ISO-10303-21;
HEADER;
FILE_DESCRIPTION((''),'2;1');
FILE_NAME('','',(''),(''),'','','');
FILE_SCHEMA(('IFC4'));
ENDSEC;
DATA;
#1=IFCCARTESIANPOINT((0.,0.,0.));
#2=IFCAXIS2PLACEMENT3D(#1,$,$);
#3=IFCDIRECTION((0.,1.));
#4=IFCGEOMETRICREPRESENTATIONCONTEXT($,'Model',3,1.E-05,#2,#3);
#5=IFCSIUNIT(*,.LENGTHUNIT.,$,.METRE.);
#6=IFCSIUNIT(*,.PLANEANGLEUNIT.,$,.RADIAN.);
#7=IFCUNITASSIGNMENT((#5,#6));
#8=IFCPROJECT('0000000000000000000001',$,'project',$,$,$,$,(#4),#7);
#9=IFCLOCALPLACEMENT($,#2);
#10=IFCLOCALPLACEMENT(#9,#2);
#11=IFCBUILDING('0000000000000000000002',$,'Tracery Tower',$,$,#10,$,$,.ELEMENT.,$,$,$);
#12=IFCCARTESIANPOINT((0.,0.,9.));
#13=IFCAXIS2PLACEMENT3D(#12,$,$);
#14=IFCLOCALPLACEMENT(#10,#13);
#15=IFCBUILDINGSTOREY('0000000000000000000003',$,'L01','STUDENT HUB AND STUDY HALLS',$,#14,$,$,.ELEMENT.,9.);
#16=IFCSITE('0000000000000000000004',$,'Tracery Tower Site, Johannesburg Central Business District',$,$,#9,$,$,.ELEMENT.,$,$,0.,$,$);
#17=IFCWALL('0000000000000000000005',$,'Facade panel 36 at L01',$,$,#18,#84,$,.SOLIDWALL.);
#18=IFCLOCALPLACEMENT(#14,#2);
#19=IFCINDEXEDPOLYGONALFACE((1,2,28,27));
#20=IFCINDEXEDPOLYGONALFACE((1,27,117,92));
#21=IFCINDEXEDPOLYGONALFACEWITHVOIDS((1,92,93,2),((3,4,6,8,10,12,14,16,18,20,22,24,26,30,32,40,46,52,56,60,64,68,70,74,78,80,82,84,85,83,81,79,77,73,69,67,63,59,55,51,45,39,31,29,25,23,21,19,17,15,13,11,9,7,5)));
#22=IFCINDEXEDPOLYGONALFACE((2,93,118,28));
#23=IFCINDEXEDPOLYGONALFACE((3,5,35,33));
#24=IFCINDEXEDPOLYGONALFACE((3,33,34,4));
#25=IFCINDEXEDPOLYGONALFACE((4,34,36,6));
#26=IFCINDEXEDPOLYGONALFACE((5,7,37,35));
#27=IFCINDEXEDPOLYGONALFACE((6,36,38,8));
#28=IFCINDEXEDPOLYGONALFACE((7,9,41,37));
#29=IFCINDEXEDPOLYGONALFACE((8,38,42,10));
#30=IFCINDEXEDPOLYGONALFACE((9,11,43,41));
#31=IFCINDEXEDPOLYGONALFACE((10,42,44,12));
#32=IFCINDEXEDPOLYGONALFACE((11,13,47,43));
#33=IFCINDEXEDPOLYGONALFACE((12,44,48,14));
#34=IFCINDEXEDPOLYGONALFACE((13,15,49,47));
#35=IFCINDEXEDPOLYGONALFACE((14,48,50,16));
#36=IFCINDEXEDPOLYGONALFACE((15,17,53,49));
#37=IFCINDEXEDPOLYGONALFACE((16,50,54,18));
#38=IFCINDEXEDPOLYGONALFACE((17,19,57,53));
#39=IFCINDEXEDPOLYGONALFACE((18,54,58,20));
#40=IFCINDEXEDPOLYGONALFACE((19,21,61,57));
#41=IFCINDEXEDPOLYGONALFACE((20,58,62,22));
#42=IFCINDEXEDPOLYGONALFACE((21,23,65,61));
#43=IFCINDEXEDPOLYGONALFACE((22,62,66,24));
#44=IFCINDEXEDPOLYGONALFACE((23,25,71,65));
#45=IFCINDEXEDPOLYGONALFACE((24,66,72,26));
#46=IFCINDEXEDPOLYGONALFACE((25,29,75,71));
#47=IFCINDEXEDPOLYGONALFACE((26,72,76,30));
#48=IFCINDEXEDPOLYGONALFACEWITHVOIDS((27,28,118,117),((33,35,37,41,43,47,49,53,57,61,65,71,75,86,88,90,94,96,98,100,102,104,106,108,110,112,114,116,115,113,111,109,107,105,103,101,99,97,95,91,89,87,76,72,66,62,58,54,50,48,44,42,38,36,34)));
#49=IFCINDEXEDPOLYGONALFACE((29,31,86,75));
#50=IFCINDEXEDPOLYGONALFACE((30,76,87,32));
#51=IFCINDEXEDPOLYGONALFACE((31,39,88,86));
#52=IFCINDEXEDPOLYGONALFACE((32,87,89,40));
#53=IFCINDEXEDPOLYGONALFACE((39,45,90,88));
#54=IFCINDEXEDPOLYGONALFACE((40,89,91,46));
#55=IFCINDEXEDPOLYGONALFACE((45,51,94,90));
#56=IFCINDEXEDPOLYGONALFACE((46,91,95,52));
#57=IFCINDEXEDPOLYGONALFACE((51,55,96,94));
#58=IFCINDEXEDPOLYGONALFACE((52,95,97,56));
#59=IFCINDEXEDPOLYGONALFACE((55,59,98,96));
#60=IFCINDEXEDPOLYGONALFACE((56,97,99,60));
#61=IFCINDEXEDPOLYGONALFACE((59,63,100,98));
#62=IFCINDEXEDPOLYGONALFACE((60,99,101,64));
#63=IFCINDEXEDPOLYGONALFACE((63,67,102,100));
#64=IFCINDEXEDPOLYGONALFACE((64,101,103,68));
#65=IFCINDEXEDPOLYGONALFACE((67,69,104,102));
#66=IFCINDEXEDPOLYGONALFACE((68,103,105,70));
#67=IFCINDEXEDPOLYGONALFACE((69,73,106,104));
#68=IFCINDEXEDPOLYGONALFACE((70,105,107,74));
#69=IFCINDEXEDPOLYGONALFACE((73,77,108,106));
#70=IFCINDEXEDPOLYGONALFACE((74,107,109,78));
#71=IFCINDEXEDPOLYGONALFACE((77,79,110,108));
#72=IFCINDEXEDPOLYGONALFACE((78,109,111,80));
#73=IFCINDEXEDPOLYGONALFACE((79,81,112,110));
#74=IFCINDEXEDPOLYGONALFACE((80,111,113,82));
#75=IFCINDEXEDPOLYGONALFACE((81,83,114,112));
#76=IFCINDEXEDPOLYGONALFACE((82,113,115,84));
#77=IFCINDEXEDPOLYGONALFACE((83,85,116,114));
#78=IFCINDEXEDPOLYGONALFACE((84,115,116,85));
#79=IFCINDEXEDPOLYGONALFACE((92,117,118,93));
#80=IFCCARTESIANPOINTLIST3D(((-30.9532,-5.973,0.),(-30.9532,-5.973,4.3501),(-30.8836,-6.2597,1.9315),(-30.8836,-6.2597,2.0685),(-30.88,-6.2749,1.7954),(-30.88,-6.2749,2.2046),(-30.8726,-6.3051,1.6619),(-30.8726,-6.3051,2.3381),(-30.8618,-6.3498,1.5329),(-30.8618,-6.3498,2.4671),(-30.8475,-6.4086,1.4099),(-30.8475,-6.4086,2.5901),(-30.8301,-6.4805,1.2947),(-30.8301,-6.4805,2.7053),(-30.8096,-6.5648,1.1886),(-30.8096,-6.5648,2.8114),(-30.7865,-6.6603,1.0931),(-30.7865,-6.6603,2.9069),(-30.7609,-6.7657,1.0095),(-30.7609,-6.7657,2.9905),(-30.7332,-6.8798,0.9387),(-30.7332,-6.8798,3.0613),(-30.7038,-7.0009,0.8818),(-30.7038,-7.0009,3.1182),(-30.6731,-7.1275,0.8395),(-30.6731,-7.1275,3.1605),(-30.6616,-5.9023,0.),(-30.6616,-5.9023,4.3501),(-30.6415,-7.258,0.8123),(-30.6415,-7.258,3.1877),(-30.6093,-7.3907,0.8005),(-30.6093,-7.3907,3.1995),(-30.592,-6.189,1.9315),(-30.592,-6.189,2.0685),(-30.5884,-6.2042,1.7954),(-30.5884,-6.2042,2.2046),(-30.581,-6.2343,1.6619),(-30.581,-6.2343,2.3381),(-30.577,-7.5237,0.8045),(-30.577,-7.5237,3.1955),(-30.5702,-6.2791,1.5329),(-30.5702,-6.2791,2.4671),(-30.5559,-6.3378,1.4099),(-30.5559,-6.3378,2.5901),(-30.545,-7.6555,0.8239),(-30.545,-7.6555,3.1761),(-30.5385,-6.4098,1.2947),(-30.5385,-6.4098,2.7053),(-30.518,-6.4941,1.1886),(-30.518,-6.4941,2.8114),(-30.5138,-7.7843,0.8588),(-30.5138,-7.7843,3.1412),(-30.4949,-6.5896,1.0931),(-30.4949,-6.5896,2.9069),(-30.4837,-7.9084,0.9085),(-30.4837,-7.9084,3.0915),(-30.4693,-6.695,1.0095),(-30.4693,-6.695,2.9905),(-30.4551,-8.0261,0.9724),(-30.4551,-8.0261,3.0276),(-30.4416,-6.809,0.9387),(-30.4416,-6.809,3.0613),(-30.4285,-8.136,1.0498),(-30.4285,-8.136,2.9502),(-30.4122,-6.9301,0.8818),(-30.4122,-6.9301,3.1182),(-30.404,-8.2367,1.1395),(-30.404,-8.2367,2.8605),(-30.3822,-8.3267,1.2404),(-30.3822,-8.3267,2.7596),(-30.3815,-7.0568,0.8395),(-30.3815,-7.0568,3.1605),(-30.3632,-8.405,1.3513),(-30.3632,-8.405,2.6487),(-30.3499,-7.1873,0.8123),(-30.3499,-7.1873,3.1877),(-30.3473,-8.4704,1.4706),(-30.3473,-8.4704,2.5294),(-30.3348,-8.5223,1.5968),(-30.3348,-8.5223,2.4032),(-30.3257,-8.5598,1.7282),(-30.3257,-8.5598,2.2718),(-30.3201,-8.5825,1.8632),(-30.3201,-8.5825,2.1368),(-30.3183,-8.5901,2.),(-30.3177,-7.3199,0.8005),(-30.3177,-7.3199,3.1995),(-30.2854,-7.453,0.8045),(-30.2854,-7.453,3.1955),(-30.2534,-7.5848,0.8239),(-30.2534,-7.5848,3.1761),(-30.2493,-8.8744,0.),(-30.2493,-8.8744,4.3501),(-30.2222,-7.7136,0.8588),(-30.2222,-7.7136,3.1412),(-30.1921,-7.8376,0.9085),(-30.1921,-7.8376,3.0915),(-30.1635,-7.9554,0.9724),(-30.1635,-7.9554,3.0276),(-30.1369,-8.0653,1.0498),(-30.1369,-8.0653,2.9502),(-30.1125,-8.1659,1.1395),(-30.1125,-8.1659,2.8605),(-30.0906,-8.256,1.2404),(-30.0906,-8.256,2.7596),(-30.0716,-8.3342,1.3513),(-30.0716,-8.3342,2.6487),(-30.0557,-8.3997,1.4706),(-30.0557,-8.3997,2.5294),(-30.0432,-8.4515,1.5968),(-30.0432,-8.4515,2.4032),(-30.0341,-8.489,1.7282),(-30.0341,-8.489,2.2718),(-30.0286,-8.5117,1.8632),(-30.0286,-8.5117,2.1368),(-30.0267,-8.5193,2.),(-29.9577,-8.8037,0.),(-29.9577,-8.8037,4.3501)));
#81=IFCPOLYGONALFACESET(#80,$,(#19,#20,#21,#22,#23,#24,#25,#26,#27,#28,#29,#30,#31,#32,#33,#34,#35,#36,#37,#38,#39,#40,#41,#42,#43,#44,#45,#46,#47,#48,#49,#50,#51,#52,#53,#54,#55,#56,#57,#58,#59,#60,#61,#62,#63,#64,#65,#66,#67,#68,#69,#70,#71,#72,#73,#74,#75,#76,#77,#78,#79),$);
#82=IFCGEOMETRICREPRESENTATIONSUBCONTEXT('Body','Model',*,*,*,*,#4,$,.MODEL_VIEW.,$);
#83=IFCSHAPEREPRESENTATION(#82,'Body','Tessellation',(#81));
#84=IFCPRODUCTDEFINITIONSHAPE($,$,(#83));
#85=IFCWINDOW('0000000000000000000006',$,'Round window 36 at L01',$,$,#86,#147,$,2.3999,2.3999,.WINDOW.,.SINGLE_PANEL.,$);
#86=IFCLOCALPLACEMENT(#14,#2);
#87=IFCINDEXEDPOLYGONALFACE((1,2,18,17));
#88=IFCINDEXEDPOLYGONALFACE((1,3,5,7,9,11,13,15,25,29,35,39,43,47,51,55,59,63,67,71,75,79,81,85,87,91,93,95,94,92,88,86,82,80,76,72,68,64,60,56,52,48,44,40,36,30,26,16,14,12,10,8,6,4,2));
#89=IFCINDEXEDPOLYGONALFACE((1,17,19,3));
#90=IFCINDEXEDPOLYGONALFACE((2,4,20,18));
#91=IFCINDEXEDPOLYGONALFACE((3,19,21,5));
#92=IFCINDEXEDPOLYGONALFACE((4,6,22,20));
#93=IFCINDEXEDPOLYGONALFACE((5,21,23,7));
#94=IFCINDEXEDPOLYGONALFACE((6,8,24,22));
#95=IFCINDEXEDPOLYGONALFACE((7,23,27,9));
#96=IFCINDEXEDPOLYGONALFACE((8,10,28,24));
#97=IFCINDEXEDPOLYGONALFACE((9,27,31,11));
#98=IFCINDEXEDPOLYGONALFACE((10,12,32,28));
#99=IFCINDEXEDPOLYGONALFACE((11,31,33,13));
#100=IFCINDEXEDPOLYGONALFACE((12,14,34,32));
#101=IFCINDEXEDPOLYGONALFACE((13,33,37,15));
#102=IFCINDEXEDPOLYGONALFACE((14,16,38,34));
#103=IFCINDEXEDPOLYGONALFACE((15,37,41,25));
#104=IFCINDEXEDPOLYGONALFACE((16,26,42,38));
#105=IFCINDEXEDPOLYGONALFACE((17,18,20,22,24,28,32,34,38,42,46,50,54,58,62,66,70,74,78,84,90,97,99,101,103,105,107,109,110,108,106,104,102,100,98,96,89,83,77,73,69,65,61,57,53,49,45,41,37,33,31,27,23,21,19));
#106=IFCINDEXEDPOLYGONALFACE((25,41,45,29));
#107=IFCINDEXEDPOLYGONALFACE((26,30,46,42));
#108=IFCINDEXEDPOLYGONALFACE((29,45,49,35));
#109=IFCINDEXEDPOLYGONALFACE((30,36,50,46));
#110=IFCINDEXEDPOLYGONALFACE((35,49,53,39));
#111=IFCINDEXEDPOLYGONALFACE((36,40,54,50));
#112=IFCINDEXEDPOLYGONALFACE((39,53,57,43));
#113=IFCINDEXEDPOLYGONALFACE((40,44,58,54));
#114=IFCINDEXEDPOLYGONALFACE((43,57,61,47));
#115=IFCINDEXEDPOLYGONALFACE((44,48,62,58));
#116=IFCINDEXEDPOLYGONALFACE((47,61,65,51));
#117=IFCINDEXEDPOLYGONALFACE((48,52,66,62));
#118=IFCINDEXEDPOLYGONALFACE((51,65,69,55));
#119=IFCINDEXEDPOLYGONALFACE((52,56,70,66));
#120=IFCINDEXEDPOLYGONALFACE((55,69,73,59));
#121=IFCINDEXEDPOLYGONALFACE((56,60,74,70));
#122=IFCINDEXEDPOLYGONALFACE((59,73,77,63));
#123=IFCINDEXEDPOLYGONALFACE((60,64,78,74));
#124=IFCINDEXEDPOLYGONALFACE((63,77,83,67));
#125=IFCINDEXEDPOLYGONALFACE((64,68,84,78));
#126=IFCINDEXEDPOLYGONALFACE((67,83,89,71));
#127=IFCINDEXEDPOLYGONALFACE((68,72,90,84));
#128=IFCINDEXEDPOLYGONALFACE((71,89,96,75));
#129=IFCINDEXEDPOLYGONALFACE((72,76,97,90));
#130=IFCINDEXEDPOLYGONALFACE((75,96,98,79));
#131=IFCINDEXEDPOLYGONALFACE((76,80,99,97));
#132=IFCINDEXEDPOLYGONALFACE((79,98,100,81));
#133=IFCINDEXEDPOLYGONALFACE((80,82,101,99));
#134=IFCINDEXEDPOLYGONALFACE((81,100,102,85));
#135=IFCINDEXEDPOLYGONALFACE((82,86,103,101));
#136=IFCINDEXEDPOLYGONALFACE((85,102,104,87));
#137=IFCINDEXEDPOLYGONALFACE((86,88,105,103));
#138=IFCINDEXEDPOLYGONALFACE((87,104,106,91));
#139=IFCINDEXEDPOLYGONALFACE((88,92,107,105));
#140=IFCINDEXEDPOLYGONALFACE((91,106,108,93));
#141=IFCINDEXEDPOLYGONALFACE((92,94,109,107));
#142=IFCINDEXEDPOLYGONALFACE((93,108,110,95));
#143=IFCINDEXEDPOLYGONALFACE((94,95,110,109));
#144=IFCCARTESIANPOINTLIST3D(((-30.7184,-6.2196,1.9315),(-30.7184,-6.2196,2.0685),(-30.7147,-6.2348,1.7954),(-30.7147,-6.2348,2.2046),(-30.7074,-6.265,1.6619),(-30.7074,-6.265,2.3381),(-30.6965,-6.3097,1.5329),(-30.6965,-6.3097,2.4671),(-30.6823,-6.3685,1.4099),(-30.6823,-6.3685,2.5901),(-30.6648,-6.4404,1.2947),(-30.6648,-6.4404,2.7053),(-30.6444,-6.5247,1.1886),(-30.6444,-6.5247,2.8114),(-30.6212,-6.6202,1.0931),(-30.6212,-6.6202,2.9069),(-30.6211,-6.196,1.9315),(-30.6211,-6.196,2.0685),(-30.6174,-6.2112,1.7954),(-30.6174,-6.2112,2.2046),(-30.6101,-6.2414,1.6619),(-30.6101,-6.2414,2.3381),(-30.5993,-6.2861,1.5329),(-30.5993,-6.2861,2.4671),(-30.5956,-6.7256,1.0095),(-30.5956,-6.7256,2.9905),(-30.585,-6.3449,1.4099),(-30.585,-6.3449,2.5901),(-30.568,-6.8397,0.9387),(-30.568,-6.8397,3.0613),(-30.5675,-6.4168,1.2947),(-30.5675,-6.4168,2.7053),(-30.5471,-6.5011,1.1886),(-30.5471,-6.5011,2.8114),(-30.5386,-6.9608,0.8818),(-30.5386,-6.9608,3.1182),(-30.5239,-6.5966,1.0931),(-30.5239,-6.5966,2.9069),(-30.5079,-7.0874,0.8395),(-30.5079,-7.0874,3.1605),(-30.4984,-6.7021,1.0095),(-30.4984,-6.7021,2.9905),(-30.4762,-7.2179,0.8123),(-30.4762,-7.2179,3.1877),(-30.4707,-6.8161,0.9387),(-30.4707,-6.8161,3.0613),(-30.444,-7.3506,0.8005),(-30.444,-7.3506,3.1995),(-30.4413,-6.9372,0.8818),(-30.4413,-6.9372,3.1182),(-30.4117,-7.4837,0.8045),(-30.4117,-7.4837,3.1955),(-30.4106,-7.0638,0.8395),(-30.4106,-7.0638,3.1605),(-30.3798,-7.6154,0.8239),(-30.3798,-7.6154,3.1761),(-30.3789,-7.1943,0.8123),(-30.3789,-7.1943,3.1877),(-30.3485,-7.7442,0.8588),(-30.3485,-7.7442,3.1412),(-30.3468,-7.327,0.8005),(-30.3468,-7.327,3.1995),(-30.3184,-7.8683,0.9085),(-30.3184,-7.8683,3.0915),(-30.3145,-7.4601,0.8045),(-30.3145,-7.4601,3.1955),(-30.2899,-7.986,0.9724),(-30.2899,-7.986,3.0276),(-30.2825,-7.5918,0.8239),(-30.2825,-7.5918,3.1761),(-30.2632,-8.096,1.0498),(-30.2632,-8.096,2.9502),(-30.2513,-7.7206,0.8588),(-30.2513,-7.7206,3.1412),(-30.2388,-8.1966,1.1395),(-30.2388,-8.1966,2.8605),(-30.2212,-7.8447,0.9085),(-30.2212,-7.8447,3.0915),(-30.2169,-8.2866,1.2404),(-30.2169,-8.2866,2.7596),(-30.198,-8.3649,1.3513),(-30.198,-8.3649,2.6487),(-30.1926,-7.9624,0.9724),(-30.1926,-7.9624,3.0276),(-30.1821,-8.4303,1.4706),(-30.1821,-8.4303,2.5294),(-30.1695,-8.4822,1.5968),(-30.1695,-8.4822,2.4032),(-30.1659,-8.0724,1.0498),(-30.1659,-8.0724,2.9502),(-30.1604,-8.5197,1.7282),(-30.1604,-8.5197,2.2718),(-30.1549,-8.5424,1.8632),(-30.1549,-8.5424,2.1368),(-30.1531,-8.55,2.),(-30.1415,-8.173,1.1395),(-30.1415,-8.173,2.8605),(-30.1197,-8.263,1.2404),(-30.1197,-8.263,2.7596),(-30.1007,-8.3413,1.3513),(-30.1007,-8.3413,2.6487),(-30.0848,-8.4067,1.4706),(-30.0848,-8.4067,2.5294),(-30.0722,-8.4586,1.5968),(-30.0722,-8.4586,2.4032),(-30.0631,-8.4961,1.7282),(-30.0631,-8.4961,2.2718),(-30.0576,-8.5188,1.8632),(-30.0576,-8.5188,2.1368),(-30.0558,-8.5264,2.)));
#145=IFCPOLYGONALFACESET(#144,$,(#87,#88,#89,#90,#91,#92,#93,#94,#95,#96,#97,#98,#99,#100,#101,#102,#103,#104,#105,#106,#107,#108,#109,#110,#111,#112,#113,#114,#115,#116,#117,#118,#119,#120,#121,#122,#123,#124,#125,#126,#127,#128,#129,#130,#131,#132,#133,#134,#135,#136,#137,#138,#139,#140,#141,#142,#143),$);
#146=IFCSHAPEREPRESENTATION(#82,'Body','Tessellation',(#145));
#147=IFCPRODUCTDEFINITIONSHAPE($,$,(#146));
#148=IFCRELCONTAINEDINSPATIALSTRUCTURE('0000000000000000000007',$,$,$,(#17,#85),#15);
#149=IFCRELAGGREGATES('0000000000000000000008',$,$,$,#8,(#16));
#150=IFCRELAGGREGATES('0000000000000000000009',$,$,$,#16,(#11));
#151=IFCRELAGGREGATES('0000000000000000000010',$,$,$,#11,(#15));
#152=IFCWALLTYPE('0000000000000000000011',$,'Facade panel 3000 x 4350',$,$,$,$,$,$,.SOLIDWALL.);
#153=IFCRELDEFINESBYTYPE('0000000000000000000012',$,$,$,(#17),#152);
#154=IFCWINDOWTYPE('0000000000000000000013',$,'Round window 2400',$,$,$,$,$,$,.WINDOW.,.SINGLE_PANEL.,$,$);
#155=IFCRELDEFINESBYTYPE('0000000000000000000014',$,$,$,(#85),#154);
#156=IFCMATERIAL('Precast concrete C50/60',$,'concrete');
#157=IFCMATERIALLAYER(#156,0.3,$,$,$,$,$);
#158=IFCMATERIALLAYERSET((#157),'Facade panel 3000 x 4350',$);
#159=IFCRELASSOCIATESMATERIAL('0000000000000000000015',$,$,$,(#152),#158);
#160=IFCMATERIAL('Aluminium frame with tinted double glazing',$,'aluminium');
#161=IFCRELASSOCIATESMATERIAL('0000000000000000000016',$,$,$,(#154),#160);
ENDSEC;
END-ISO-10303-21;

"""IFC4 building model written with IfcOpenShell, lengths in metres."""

from ifc_helpers import new_model, si_unit, direction, frame, frame_2d, origin, origin_2d, place, context, subcontext, project, spatial, rectangle, circle, extrude, material, layer, layer_set, type_object, element, fill, save


model = new_model("IFC4")

# Units and contexts
model_context = context("Model", 3, precision=1e-05, world=origin(), true_north=direction((0.0, 1.0)))
body_context = subcontext(model_context, "Body", "Model", "MODEL_VIEW")
ifc_project = project(units=[si_unit("LENGTHUNIT", "METRE"), si_unit("PLANEANGLEUNIT", "RADIAN")], contexts=[model_context])

# Site, building, storey
site_placement = place(None, origin())
site = spatial("IfcSite", under=ifc_project, at=site_placement, Name="Tracery Tower Site, Johannesburg Central Business District", CompositionType="ELEMENT", RefElevation=0.0)
building_placement = place(site_placement, origin())
building = spatial("IfcBuilding", under=site, at=building_placement, Name="Tracery Tower", CompositionType="ELEMENT")
storey_placement = place(building_placement, frame((0.0, 0.0, 9.0)))
storey = spatial("IfcBuildingStorey", under=building, at=storey_placement, Name="L01", Description="STUDENT HUB AND STUDY HALLS", CompositionType="ELEMENT", Elevation=9.0)

# Wall, opening, window
ifc_material_1 = material(Name="Precast concrete C50/60", Category="concrete")
ifc_layer_1 = layer(ifc_material_1, 0.3)
ifc_layer_set_1 = layer_set([ifc_layer_1], Name="Facade panel 3000 x 4350")
wall_type_1 = type_object("IfcWallType", Name="Facade panel 3000 x 4350", PredefinedType="SOLIDWALL", material=ifc_layer_set_1)
ifc_material_2 = material(Name="Aluminium frame with tinted double glazing", Category="aluminium")
window_type = type_object("IfcWindowType", Name="Round window 2400", PartitioningType="SINGLE_PANEL", PredefinedType="WINDOW", material=ifc_material_2)
wall_1_placement = place(storey_placement, frame((-30.8074, -5.9377, 0.0), z_axis=(0.0, 0.0, 1.0), x_axis=(0.235757, -0.971812, 0.0)))
wall_1 = element("IfcWall", 1, at=wall_1_placement, inside=storey, type_object=wall_type_1, Name="Facade panel 36 at L01", PredefinedType="SOLIDWALL", context=body_context, shape_type="SweptSolid", body=[
    extrude(rectangle(XDim=2.9856, YDim=0.3, at=frame_2d((1.4927, 0.0))), origin(), (0.0, 0.0, 1.0), 4.3501),
])
opening_1_placement = place(wall_1_placement, frame((1.4929, 0.0, 2.0)))
opening_1 = element("IfcOpeningElement", 2, at=opening_1_placement, cuts=wall_1, PredefinedType="OPENING", context=body_context, shape_type="SweptSolid", body=[
    extrude(circle(Radius=1.2, at=origin_2d()), frame((0.0, 0.1599, 0.0), z_axis=(0.0, -1.0, 0.0), x_axis=(1.0, 0.0, 0.0)), (0.0, 0.0, 1.0), 0.3201),
])
window_1_placement = place(opening_1_placement, origin())
window_1 = element("IfcWindow", 3, at=window_1_placement, inside=storey, type_object=window_type, Name="Round window 36 at L01", OverallHeight=2.3999, OverallWidth=2.3999, PartitioningType="SINGLE_PANEL", PredefinedType="WINDOW", context=body_context, shape_type="SweptSolid", body=[
    extrude(circle(Radius=1.2, at=origin_2d()), frame((0.0, 0.1201, 0.0), z_axis=(0.0, -1.0, 0.0), x_axis=(1.0, 0.0, 0.0)), (0.0, 0.0, 1.0), 0.1001),
])
fill(opening_1, window_1)

save(model, "model.ifc")
